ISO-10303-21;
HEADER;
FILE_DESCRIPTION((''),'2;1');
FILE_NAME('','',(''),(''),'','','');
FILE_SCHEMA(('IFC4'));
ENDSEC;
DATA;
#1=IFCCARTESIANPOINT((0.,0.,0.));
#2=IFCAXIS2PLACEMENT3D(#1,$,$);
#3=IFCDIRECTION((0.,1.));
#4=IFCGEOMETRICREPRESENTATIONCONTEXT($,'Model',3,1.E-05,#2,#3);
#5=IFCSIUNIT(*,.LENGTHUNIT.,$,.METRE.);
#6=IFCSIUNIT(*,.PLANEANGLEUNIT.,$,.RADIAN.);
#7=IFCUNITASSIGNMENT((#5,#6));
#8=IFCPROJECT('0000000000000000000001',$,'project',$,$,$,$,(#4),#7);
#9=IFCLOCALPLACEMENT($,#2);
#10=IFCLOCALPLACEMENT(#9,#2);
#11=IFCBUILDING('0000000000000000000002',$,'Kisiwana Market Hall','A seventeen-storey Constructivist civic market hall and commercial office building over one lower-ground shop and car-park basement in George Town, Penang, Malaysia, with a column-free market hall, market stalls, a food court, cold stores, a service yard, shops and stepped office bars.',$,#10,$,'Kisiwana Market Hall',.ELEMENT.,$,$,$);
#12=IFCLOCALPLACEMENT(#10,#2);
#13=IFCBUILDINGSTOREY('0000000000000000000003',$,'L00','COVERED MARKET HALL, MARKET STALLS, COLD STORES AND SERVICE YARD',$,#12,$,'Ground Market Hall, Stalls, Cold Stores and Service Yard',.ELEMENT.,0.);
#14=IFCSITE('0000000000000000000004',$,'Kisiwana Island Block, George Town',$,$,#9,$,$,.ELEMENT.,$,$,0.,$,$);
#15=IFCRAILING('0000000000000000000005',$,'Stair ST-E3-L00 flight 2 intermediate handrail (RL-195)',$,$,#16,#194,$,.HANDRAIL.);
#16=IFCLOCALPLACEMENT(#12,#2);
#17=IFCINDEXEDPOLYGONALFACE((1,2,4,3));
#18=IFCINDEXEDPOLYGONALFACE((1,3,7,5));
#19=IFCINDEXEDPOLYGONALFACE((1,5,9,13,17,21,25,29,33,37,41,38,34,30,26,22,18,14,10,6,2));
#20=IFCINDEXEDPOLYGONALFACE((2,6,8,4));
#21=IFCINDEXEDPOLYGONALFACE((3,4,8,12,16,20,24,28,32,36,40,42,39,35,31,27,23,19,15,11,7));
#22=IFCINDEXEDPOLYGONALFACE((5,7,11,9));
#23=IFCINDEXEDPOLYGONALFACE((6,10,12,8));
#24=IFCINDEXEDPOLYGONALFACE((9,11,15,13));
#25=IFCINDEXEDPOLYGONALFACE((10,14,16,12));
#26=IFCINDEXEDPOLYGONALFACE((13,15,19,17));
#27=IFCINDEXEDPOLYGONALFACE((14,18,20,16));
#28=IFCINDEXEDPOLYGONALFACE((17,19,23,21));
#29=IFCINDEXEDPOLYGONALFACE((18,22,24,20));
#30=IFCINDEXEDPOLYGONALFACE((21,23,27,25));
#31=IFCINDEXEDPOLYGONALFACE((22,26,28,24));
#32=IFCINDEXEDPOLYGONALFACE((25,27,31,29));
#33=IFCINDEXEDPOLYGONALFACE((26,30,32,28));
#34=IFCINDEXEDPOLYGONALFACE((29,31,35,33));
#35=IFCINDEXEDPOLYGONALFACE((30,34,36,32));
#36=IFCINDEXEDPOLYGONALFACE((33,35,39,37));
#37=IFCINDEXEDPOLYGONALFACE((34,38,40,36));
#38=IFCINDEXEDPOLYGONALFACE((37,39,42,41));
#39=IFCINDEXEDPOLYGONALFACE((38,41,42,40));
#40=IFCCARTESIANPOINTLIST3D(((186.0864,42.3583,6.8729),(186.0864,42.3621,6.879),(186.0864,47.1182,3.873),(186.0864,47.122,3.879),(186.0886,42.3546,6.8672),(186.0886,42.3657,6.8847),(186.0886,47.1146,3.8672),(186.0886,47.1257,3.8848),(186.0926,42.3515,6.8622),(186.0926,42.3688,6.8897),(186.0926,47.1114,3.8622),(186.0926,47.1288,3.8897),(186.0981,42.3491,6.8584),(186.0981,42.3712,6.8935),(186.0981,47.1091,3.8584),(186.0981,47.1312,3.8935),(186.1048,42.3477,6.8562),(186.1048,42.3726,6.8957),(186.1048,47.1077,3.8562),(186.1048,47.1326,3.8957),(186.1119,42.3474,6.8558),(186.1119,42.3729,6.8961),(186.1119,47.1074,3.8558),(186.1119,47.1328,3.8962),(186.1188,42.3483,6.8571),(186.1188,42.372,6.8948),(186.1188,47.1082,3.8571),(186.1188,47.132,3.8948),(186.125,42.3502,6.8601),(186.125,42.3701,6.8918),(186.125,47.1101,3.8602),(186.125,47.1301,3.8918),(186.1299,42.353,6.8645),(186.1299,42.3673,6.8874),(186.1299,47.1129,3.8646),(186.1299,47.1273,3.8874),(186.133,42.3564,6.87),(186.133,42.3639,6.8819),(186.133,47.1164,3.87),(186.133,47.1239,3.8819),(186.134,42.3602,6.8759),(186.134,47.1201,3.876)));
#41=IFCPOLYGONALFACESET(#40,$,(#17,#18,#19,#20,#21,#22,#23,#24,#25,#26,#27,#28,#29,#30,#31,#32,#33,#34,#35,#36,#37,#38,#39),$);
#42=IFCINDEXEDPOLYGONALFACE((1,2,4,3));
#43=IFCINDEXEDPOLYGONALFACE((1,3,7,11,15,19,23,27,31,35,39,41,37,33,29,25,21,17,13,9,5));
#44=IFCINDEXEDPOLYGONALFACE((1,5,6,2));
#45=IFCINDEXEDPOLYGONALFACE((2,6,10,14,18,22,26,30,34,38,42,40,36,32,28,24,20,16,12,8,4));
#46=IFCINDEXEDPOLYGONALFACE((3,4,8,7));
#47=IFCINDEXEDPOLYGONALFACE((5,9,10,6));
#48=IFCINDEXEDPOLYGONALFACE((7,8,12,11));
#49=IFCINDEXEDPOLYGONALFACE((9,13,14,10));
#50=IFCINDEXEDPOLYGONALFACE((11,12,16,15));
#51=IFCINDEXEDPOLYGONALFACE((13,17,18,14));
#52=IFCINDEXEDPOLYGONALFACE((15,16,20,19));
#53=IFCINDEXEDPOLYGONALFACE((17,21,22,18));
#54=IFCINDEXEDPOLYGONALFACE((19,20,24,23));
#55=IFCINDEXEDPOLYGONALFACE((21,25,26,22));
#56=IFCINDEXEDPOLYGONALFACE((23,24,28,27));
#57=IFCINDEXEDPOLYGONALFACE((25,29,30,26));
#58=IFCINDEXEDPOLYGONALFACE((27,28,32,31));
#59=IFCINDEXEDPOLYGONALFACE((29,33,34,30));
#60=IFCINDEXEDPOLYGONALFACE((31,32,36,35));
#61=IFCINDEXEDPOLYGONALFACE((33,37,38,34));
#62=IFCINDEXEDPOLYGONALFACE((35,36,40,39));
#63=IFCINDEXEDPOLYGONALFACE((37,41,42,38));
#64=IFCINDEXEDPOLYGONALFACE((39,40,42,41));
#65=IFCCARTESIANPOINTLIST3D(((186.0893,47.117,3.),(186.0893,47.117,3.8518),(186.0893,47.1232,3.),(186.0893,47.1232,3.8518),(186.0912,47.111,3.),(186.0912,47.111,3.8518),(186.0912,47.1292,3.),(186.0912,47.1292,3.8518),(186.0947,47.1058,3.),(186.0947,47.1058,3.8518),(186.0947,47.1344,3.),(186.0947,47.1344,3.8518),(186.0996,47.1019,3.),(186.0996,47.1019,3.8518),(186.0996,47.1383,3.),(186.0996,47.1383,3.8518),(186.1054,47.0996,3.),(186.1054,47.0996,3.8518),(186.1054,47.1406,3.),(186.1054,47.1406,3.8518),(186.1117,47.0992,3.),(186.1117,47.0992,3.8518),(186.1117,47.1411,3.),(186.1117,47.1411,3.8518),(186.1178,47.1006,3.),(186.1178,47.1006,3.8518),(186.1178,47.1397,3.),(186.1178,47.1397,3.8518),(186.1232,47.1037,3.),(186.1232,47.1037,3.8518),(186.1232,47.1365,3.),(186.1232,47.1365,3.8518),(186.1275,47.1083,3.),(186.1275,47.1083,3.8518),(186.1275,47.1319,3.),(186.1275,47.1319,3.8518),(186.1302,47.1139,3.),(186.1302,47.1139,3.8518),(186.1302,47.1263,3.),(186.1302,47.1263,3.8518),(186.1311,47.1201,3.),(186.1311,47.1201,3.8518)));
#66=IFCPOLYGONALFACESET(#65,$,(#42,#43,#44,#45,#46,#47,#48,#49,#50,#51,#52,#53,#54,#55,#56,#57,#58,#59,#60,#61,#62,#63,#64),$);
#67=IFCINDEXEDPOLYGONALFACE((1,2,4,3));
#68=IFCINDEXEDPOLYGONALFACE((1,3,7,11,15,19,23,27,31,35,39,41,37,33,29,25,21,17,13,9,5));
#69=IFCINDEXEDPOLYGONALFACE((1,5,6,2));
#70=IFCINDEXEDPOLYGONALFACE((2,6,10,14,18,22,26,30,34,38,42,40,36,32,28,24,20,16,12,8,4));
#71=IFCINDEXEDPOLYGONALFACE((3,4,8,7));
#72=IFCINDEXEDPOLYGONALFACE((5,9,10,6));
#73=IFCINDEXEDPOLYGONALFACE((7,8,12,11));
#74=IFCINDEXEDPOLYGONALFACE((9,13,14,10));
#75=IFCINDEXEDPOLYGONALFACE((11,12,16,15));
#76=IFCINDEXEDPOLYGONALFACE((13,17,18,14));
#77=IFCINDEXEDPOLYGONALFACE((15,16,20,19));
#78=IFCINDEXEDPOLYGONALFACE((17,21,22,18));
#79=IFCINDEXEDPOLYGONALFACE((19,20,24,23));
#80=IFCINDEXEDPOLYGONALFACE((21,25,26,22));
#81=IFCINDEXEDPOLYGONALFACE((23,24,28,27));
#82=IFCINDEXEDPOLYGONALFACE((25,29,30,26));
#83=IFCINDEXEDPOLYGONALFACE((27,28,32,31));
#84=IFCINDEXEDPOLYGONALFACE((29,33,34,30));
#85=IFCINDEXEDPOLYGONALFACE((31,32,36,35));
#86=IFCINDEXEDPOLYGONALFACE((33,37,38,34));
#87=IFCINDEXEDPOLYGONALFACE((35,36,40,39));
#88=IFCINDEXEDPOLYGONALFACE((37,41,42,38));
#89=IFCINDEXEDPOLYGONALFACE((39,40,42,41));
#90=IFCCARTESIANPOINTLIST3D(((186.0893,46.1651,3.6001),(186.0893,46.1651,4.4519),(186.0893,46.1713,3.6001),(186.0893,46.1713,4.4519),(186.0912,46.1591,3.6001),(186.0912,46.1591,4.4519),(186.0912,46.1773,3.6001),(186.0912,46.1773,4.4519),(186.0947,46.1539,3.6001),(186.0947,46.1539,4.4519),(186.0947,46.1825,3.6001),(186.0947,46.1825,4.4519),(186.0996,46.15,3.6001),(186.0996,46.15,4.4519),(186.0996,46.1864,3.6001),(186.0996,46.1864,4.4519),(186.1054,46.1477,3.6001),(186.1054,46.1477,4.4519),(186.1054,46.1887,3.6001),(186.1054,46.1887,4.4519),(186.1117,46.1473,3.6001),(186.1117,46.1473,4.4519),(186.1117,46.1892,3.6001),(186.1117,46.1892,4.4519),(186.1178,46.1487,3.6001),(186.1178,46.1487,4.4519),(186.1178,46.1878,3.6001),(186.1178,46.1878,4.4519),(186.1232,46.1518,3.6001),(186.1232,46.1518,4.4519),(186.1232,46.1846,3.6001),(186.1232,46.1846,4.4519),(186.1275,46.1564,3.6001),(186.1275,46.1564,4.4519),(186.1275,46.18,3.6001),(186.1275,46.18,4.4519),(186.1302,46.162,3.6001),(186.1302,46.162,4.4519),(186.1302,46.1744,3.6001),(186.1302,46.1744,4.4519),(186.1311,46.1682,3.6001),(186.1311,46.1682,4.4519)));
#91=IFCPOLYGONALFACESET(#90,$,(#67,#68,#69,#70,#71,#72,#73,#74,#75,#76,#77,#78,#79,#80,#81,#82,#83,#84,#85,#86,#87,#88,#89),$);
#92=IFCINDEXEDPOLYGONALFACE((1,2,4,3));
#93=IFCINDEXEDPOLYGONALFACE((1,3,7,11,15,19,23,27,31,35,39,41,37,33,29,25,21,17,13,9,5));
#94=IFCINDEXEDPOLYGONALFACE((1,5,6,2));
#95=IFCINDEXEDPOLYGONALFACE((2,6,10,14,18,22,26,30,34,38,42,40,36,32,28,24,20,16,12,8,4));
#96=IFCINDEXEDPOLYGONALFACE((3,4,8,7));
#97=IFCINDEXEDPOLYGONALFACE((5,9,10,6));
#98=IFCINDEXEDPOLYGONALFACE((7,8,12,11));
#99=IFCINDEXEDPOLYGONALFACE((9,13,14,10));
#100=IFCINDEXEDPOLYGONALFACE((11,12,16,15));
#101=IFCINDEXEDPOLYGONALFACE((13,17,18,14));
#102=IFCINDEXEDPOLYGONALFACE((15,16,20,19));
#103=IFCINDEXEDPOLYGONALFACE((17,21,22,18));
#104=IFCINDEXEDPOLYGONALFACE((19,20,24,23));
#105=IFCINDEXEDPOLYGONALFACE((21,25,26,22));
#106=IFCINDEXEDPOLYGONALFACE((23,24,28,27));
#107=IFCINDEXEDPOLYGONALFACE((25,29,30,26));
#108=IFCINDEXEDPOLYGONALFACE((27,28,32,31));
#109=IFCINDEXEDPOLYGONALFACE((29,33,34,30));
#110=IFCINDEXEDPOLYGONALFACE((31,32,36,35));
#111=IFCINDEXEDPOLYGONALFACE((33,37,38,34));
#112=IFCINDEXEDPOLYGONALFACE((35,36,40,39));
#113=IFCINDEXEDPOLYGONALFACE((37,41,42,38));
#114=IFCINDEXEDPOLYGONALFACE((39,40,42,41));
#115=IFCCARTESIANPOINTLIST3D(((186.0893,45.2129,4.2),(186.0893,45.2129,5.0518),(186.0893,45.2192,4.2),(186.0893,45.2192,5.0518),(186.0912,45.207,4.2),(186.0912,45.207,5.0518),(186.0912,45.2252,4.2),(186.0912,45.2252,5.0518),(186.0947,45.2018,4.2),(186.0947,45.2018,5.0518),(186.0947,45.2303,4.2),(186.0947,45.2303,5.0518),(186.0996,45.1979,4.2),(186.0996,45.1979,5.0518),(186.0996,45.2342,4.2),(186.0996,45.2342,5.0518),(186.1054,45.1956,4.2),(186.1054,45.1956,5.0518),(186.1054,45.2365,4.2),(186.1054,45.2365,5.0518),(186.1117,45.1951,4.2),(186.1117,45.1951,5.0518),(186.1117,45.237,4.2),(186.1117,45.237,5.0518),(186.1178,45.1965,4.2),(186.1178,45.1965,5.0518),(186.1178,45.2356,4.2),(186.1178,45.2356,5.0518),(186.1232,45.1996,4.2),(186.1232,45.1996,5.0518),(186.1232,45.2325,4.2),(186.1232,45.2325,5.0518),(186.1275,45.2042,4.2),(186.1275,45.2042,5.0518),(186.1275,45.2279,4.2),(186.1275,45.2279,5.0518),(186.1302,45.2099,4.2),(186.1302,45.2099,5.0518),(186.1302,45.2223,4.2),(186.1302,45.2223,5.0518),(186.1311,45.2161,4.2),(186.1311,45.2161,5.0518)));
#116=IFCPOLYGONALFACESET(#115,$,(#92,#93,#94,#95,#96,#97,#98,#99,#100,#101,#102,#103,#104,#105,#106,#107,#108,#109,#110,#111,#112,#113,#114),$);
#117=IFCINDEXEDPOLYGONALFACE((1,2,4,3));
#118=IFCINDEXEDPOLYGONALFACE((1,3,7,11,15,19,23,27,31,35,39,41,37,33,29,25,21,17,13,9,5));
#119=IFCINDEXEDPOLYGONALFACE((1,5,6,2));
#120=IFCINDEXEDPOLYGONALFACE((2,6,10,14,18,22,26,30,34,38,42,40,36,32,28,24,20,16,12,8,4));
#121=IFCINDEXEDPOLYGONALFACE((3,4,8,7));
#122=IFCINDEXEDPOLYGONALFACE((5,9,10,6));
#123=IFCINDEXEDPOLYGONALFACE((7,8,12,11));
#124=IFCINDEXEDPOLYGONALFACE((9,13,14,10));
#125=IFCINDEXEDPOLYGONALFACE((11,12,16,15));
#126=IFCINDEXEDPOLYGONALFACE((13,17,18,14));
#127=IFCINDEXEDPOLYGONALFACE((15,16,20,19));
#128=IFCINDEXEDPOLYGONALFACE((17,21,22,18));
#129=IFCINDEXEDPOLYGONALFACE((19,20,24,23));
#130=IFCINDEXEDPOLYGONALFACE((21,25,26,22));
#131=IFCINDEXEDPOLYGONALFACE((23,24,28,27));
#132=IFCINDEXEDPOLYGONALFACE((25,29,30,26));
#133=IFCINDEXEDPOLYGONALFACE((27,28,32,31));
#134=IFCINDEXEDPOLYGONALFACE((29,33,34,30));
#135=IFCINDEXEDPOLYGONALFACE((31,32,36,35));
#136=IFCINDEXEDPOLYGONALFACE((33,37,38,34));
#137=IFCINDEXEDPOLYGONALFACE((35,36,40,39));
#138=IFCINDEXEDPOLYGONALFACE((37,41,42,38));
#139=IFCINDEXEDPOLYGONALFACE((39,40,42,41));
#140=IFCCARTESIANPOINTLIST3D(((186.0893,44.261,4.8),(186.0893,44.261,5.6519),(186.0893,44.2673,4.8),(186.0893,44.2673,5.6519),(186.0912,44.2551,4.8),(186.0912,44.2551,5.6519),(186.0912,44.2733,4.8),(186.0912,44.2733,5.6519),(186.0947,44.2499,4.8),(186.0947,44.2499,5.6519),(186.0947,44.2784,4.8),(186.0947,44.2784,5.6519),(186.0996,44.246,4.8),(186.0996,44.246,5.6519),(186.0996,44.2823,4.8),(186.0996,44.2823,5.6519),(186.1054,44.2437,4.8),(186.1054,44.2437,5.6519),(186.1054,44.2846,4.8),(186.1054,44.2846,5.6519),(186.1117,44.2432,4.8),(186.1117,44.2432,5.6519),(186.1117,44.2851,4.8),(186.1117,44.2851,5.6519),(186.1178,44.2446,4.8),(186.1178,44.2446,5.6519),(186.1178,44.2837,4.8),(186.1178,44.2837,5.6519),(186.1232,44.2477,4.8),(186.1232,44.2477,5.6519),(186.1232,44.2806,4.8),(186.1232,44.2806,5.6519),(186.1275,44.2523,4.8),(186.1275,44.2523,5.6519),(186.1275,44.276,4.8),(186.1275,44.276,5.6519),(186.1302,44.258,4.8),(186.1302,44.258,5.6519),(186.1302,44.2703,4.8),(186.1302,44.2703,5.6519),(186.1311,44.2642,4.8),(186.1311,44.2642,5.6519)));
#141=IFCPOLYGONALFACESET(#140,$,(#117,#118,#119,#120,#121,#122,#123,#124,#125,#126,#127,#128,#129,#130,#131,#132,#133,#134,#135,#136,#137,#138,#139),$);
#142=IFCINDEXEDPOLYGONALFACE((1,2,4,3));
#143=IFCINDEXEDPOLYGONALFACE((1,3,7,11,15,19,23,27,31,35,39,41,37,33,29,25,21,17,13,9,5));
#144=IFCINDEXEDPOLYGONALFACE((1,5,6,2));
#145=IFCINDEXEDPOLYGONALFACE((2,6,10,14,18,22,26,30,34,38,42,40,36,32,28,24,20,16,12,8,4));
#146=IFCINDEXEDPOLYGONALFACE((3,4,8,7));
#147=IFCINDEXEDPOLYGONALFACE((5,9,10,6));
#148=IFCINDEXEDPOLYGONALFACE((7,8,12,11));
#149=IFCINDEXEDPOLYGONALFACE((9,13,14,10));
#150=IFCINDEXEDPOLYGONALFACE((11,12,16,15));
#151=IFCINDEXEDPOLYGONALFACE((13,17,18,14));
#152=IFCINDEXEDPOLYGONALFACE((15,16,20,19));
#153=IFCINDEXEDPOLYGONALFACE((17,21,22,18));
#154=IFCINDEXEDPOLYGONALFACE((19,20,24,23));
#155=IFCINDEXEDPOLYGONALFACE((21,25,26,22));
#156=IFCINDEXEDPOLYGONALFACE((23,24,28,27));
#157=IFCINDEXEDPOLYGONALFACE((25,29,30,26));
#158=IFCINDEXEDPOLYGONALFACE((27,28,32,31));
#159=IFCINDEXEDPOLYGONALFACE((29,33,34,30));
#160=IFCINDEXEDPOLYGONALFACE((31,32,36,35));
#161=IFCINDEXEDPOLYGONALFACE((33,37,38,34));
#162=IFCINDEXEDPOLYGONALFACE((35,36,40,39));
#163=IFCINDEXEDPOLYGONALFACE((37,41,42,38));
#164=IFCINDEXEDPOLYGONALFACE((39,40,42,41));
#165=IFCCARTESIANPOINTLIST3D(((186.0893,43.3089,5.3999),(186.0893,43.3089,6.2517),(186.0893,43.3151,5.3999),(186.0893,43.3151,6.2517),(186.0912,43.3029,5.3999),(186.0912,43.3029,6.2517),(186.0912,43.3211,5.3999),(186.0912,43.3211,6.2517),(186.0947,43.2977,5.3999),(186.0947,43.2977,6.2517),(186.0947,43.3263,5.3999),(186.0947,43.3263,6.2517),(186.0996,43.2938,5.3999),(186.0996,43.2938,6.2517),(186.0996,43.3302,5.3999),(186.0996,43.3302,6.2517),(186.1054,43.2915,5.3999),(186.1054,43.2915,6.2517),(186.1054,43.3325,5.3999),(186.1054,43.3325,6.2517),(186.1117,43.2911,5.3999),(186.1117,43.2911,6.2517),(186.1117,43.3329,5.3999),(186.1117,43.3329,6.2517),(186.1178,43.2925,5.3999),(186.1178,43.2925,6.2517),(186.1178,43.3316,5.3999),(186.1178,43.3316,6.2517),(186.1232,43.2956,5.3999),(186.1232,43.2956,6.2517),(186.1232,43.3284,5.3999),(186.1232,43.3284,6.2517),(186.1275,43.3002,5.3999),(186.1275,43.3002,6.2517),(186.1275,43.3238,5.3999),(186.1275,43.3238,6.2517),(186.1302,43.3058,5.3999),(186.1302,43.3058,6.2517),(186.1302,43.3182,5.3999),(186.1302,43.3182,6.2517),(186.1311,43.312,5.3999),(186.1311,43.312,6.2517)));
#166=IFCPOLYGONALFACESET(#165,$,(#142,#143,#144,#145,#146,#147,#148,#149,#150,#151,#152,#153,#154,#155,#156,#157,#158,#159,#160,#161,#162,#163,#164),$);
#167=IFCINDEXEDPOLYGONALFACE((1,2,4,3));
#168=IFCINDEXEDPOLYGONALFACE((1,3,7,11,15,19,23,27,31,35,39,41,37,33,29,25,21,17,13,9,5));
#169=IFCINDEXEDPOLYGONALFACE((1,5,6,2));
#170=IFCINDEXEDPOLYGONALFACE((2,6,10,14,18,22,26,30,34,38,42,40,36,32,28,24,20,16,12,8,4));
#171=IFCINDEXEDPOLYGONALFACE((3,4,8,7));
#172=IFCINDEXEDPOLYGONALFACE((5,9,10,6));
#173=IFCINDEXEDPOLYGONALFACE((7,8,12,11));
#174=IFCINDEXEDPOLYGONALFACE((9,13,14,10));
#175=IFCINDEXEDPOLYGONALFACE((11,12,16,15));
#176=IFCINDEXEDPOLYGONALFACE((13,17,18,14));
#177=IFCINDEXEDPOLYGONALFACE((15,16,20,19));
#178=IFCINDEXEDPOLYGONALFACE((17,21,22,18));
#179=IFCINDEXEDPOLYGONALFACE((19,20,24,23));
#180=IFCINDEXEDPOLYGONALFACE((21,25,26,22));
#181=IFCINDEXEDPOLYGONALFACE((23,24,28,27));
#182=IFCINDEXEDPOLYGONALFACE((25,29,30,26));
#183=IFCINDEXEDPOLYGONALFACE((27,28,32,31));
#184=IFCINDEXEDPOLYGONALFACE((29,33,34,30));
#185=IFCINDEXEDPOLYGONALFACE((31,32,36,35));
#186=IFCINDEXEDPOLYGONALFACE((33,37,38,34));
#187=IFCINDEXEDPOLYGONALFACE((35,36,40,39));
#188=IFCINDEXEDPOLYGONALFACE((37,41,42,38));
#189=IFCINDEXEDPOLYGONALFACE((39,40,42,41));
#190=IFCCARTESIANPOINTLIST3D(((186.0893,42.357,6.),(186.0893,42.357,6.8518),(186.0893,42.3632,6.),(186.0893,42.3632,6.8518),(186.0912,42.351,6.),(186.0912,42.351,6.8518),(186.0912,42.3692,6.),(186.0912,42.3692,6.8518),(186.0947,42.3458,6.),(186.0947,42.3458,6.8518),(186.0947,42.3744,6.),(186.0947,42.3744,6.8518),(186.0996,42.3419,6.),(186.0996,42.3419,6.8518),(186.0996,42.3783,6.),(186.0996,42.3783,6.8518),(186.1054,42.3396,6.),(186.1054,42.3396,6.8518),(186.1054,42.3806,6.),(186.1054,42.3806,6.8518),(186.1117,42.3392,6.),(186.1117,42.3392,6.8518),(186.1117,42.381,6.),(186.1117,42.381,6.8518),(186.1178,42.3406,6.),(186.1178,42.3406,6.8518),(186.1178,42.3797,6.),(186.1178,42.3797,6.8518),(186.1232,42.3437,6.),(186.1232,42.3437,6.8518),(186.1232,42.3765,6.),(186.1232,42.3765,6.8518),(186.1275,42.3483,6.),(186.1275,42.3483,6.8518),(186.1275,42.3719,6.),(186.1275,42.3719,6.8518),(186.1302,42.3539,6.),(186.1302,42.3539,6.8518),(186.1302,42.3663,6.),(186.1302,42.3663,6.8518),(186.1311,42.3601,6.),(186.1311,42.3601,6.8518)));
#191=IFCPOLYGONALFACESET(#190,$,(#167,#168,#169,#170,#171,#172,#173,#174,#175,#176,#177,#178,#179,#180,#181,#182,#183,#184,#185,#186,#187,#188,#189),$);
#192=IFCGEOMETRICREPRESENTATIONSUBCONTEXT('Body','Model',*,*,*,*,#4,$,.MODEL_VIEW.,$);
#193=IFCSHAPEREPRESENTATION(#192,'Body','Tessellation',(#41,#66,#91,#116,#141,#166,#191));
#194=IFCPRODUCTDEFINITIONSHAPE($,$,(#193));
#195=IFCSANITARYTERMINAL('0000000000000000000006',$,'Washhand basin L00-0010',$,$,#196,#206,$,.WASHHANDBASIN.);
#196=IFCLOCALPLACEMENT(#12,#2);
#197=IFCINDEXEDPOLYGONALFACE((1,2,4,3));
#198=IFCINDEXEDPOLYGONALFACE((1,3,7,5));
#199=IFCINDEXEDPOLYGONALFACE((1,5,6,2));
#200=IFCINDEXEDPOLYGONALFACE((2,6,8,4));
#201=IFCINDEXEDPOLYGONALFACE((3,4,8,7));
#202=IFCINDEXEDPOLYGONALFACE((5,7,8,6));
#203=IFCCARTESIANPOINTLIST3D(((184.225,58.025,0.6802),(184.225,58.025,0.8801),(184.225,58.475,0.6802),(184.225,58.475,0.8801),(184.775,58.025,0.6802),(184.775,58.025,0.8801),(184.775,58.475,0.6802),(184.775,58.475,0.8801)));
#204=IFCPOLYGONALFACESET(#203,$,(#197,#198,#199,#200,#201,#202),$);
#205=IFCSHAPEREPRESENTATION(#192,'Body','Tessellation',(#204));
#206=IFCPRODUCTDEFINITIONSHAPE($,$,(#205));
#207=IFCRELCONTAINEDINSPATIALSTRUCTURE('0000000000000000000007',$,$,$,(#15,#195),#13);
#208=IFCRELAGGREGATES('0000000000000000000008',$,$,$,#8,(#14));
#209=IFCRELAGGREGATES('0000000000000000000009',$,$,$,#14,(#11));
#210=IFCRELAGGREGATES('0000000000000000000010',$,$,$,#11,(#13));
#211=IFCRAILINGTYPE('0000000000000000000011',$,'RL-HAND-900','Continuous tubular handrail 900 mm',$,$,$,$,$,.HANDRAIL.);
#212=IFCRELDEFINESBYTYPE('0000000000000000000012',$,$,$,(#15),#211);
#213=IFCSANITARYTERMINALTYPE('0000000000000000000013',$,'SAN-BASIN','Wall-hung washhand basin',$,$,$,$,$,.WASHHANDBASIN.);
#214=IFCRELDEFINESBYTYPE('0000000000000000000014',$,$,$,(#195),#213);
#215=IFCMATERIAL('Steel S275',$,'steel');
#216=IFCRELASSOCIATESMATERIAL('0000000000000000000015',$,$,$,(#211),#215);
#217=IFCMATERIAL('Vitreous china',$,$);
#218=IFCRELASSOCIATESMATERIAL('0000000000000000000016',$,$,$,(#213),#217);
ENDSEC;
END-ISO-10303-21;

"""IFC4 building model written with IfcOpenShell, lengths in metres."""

from ifc_helpers import new_model, si_unit, direction, frame, origin, origin_2d, place, context, subcontext, project, spatial, rectangle, circle, extrude, material, type_object, element, save


model = new_model("IFC4")

# Units and contexts
model_context = context("Model", 3, precision=1e-05, world=origin(), true_north=direction((0.0, 1.0)))
body_context = subcontext(model_context, "Body", "Model", "MODEL_VIEW")
ifc_project = project(units=[si_unit("LENGTHUNIT", "METRE"), si_unit("PLANEANGLEUNIT", "RADIAN")], contexts=[model_context])

# Site, building, storey
site_placement = place(None, origin())
site = spatial("IfcSite", under=ifc_project, at=site_placement, Name="Kisiwana Island Block, George Town", CompositionType="ELEMENT", RefElevation=0.0)
building_placement = place(site_placement, origin())
building = spatial("IfcBuilding", under=site, at=building_placement, Name="Kisiwana Market Hall", Description="A seventeen-storey Constructivist civic market hall and commercial office building over one lower-ground shop and car-park basement in George Town, Penang, Malaysia, with a column-free market hall, market stalls, a food court, cold stores, a service yard, shops and stepped office bars.", LongName="Kisiwana Market Hall", CompositionType="ELEMENT")
storey_placement = place(building_placement, origin())
storey = spatial("IfcBuildingStorey", under=building, at=storey_placement, Name="L00", Description="COVERED MARKET HALL, MARKET STALLS, COLD STORES AND SERVICE YARD", LongName="Ground Market Hall, Stalls, Cold Stores and Service Yard", CompositionType="ELEMENT", Elevation=0.0)

# Railing
ifc_material_1 = material(Name="Steel S275", Category="steel")
railing_type = type_object("IfcRailingType", Name="RL-HAND-900", Description="Continuous tubular handrail 900 mm", PredefinedType="HANDRAIL", material=ifc_material_1)
for number, where, name in (
    (1, (186.1101, 47.1201, 3.0), "Stair ST-E3-L00 flight 2 intermediate handrail (RL-195)"),
):
    element("IfcRailing", number, at=place(storey_placement, frame(where)), inside=storey, type_object=railing_type, Name=name, PredefinedType="HANDRAIL", context=body_context, shape_type="SweptSolid", body=[
        extrude(circle(Radius=0.0239, at=origin_2d()), frame((0.0, 0.0, 0.876), z_axis=(0.0, -0.845996, 0.53319), x_axis=(1.0, 0.0, 0.0)), (0.0, 0.0, 1.0), 5.6265),
        extrude(circle(Radius=0.021, at=origin_2d()), origin(), (0.0, 0.0, 1.0), 0.8518),
        extrude(circle(Radius=0.021, at=origin_2d()), frame((0.0, -0.9519, 0.6001)), (0.0, 0.0, 1.0), 0.8518),
        extrude(circle(Radius=0.021, at=origin_2d()), frame((0.0, -1.9041, 1.2)), (0.0, 0.0, 1.0), 0.8518),
        extrude(circle(Radius=0.021, at=origin_2d()), frame((0.0, -2.856, 1.8)), (0.0, 0.0, 1.0), 0.8518),
        extrude(circle(Radius=0.021, at=origin_2d()), frame((0.0, -3.8081, 2.3999)), (0.0, 0.0, 1.0), 0.8518),
        extrude(circle(Radius=0.021, at=origin_2d()), frame((0.0, -4.76, 3.0)), (0.0, 0.0, 1.0), 0.8518),
    ])

# Sanitary terminal
ifc_material_2 = material(Name="Vitreous china")
sanitary_terminal_type_1 = type_object("IfcSanitaryTerminalType", Name="SAN-BASIN", Description="Wall-hung washhand basin", PredefinedType="WASHHANDBASIN", material=ifc_material_2)
sanitary_terminal_placement = place(storey_placement, frame((184.5, 58.25, 0.6802), z_axis=(0.0, 0.0, 1.0), x_axis=(1.0, 0.0, 0.0)))
element("IfcSanitaryTerminal", 2, at=sanitary_terminal_placement, inside=storey, type_object=sanitary_terminal_type_1, Name="Washhand basin L00-0010", PredefinedType="WASHHANDBASIN", context=body_context, shape_type="SweptSolid", body=[
    extrude(rectangle(XDim=0.55, YDim=0.45, at=origin_2d()), origin(), (0.0, 0.0, 1.0), 0.2),
])

save(model, "model.ifc")
